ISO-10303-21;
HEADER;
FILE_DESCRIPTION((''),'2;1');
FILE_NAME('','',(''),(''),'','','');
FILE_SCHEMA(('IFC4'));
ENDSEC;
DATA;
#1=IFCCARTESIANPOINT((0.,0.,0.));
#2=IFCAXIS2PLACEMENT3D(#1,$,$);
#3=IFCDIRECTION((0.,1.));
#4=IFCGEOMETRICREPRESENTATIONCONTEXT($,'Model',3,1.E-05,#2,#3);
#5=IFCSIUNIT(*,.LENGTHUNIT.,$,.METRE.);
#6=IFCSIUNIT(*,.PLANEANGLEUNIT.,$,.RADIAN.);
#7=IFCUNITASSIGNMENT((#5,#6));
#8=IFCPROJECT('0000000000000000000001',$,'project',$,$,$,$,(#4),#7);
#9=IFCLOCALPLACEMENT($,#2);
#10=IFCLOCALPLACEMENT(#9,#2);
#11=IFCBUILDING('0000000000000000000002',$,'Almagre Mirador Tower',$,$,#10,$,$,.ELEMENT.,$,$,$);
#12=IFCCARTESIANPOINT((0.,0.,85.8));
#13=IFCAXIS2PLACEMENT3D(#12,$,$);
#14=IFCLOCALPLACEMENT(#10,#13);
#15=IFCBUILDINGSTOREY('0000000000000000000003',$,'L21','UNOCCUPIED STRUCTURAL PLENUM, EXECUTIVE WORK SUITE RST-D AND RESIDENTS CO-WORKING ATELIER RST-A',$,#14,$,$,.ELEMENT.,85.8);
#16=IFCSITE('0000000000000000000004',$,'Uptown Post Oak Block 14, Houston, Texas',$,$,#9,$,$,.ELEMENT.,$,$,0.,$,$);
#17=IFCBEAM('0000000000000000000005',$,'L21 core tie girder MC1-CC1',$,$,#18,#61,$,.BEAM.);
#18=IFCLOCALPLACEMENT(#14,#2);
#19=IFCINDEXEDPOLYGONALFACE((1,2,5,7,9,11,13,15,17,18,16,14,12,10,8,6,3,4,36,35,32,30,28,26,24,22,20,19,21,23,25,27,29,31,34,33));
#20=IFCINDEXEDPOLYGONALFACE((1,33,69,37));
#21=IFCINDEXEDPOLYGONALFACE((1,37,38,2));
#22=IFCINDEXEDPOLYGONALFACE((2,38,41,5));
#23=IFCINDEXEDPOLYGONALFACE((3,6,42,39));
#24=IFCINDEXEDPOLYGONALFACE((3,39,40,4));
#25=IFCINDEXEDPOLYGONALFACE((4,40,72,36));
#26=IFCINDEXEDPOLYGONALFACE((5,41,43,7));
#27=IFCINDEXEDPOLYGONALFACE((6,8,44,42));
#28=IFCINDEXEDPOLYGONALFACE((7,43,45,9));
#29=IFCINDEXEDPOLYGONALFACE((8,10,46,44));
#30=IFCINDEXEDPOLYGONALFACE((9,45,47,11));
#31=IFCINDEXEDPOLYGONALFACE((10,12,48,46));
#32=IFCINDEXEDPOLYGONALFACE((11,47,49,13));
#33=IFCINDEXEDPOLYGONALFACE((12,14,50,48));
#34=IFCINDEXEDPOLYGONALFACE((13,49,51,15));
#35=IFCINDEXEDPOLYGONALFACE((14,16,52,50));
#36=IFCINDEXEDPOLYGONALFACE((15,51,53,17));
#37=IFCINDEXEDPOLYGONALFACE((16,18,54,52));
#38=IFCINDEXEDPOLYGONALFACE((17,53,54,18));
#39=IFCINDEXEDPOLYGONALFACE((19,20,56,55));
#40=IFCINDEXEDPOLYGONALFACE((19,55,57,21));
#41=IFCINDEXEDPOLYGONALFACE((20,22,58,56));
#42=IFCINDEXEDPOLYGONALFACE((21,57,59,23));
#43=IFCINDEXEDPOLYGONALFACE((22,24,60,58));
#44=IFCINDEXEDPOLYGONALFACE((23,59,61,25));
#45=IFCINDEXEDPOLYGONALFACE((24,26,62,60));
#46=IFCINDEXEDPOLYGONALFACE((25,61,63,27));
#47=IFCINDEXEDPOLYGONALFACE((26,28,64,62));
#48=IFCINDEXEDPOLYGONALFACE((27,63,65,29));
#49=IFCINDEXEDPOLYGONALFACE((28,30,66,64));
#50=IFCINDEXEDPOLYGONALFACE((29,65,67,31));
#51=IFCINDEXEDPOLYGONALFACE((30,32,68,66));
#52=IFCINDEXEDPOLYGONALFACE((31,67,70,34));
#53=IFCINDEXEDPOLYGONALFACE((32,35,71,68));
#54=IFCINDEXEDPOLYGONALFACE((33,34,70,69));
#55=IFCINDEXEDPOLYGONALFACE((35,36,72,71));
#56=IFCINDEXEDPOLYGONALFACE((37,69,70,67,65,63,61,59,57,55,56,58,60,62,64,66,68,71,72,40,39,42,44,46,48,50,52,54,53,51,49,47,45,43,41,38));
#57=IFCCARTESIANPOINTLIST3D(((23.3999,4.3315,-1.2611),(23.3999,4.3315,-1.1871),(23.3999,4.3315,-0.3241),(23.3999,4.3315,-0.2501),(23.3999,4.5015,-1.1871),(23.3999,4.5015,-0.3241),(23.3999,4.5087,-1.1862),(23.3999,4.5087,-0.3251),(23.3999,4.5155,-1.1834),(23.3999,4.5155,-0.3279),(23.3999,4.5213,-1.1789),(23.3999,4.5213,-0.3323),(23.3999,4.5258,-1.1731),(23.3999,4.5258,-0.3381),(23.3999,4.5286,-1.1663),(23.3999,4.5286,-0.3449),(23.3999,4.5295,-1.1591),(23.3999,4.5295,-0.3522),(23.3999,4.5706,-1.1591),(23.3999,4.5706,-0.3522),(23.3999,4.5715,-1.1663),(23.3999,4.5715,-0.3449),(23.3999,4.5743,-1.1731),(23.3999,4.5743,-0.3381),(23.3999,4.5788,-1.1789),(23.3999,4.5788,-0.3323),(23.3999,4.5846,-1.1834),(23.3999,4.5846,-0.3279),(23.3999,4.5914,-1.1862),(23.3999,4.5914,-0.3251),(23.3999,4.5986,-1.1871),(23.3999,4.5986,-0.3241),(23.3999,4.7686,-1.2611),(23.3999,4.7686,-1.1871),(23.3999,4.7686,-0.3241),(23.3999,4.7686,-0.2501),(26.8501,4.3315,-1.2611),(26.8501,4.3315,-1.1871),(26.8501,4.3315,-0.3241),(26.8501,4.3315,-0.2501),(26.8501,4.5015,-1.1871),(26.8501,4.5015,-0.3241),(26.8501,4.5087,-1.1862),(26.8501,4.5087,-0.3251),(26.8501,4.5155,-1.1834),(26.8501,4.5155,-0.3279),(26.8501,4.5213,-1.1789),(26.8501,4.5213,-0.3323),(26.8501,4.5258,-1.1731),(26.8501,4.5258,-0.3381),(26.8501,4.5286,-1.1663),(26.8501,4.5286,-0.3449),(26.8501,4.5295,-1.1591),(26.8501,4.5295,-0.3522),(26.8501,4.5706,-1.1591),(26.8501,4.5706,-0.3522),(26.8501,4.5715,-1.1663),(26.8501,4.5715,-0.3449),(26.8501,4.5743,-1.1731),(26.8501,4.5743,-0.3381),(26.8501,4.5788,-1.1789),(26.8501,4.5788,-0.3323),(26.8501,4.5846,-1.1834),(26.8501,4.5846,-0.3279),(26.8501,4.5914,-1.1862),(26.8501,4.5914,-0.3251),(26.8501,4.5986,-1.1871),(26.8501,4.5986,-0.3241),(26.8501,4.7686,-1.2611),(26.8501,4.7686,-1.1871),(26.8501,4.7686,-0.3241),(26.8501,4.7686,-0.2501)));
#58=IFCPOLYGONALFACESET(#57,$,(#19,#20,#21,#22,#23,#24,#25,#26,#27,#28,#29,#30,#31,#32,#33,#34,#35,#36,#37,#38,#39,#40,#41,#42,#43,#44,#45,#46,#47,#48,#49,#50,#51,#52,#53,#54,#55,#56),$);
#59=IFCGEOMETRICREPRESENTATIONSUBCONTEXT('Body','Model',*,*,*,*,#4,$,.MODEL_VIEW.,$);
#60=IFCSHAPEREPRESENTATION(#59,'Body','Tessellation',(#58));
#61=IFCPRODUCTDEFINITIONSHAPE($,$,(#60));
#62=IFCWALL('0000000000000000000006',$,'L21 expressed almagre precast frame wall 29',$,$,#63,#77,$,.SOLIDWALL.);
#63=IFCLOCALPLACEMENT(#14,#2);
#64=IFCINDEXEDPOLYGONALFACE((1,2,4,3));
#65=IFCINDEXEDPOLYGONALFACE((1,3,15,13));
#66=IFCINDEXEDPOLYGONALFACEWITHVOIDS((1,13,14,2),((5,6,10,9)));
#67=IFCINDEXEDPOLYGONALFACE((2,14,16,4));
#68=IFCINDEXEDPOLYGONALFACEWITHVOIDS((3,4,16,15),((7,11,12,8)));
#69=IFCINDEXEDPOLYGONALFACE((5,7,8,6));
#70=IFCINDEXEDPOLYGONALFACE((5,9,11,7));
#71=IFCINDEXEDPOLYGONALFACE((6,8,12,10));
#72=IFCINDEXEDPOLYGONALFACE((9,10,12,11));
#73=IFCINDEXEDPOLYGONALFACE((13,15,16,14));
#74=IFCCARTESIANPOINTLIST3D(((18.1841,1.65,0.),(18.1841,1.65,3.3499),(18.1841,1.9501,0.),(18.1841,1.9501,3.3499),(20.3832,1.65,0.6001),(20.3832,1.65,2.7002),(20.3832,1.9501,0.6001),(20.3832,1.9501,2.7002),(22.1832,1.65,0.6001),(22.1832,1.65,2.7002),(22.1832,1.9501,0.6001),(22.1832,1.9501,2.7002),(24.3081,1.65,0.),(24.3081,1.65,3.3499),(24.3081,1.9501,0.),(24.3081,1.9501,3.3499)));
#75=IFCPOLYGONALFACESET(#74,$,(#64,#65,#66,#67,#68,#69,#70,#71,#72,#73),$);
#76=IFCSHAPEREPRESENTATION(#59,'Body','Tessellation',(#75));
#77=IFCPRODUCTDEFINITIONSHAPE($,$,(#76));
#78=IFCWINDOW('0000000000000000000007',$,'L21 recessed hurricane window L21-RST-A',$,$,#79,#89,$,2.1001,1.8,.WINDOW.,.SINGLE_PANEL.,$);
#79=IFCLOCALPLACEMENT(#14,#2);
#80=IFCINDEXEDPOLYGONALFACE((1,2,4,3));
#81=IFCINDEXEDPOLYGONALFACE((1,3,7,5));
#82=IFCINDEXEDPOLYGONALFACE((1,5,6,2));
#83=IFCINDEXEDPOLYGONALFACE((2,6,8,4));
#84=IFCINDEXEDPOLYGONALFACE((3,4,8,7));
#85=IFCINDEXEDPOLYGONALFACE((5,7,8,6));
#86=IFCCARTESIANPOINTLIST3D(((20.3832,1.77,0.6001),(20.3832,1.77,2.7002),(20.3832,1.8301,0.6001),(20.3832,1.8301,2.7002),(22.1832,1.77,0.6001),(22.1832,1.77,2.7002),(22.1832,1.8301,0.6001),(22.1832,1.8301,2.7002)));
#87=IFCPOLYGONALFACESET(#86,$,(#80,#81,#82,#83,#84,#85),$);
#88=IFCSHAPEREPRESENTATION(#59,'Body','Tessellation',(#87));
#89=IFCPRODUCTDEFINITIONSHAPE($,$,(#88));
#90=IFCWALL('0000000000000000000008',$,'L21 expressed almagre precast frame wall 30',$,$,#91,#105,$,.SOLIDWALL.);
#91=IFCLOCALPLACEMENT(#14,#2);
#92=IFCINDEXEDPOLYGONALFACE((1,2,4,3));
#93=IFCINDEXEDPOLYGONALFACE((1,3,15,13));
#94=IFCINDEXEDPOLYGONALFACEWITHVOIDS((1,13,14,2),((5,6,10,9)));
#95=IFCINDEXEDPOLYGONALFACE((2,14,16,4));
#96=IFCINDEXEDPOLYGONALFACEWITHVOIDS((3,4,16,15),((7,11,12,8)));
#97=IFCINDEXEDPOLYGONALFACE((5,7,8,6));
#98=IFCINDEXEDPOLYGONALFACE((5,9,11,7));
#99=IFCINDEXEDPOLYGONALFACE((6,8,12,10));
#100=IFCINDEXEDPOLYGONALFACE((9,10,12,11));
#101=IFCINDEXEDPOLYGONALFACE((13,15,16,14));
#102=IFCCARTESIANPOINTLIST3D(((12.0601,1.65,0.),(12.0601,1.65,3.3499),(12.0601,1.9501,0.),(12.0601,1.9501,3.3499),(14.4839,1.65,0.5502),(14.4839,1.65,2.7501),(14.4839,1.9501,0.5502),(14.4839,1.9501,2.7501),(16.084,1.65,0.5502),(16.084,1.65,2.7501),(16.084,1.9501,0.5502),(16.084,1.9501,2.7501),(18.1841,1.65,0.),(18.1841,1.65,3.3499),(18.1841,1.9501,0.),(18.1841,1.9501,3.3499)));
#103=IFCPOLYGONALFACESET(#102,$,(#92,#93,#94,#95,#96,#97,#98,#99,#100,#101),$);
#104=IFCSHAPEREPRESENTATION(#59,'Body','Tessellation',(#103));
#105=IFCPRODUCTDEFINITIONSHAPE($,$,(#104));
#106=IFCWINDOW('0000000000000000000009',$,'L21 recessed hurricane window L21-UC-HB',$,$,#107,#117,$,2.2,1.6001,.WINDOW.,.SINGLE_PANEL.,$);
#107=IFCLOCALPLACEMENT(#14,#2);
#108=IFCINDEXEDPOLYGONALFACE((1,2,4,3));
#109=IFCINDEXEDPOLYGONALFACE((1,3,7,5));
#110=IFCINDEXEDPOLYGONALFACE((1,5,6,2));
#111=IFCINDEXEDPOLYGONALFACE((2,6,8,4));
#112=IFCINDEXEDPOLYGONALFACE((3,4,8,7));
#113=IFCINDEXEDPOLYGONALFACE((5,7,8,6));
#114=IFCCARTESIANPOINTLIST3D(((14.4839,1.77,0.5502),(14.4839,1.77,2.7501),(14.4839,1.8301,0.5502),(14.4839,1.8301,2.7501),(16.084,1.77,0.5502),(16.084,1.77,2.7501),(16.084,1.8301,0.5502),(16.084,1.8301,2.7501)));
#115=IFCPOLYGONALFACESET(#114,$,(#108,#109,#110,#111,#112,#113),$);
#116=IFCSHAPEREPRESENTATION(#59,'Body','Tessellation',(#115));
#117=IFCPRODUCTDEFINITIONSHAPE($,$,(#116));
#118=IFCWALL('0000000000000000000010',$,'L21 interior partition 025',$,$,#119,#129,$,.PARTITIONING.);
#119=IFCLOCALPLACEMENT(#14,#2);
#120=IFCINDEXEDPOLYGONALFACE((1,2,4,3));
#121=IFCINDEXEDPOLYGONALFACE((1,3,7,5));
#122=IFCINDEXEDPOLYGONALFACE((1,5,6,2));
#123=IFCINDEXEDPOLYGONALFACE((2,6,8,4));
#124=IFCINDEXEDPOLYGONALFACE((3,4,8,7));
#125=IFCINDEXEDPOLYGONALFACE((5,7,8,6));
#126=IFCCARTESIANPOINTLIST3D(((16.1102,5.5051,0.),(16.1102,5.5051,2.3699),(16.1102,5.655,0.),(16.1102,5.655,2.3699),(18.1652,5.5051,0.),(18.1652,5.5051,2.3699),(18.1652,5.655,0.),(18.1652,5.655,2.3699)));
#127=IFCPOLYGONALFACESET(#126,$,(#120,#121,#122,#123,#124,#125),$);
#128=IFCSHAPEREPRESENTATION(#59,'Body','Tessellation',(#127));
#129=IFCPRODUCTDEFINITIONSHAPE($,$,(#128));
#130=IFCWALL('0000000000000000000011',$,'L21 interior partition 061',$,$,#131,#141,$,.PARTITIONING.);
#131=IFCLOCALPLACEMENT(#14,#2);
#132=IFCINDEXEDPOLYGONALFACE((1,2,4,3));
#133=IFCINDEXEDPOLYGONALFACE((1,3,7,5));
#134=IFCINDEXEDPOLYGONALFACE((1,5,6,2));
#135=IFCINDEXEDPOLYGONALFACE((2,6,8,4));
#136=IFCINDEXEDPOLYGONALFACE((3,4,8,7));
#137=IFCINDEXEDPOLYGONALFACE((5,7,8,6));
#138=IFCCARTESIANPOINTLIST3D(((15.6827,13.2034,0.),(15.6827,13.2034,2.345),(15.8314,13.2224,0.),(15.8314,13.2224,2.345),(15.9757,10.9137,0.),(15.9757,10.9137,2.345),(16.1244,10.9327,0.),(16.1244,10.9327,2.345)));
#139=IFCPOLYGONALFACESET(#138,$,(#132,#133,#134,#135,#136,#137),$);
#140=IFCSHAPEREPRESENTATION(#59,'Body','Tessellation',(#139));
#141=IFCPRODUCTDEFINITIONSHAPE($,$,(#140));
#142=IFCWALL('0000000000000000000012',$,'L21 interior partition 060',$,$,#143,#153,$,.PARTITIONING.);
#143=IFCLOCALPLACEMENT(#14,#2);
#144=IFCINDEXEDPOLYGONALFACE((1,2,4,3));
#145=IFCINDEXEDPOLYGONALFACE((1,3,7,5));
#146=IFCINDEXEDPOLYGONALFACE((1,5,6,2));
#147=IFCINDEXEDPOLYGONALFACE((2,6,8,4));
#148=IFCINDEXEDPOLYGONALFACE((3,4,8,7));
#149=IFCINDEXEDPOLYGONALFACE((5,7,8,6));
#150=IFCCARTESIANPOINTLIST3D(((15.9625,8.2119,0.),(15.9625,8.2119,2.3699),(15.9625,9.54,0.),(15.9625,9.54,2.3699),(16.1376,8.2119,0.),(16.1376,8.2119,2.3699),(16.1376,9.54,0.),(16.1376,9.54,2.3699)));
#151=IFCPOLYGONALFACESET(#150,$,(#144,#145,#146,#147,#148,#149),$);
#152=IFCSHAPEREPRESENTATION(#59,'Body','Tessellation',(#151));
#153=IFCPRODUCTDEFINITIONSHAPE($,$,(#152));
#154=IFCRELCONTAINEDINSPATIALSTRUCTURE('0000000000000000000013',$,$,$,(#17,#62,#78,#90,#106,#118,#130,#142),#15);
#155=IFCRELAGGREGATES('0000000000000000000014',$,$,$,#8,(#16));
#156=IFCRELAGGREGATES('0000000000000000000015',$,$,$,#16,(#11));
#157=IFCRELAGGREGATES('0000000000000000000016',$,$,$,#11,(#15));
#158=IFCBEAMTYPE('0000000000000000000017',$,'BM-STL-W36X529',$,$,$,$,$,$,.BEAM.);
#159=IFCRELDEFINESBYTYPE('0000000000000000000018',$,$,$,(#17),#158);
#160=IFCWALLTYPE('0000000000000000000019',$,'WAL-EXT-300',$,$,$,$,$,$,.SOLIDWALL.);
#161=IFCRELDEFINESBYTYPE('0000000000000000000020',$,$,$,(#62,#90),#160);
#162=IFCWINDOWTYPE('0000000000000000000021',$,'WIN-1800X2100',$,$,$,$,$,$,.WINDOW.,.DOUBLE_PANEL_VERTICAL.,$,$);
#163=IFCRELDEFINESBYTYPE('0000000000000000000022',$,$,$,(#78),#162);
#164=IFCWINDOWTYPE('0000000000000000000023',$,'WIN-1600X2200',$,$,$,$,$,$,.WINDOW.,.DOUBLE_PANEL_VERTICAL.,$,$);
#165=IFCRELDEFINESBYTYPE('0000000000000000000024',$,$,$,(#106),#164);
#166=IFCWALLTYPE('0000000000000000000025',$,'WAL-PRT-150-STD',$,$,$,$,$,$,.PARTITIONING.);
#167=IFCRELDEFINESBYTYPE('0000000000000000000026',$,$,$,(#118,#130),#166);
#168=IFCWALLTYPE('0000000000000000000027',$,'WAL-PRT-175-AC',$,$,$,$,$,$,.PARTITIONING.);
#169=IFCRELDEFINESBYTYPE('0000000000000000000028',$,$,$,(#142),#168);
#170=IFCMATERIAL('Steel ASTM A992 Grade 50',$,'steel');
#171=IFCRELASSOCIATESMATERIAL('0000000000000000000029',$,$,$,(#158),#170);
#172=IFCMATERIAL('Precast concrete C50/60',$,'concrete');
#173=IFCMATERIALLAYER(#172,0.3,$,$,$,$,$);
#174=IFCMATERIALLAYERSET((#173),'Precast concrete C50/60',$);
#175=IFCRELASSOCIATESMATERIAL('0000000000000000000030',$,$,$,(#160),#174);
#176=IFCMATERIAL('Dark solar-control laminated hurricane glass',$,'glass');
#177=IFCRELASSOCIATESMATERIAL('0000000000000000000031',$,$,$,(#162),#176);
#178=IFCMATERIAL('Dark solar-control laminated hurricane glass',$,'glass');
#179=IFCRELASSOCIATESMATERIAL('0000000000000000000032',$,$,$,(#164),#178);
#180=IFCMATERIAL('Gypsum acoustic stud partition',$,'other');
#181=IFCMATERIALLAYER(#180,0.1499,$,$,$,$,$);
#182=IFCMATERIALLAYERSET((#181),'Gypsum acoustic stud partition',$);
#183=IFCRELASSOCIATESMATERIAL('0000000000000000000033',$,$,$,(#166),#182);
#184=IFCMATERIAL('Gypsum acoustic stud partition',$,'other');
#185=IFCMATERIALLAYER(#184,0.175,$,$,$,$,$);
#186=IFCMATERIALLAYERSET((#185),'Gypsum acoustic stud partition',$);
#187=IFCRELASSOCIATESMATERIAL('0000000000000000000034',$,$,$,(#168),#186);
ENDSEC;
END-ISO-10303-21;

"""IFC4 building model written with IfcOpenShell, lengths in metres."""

from ifc_helpers import new_model, si_unit, direction, frame, frame_2d, origin, origin_2d, place, context, subcontext, project, spatial, rectangle, i_section, extrude, material, layer, layer_set, material_profile, profile_set, type_object, element, fill, save


model = new_model("IFC4")

# Units and contexts
model_context = context("Model", 3, precision=1e-05, world=origin(), true_north=direction((0.0, 1.0)))
body_context = subcontext(model_context, "Body", "Model", "MODEL_VIEW")
ifc_project = project(units=[si_unit("LENGTHUNIT", "METRE"), si_unit("PLANEANGLEUNIT", "RADIAN")], contexts=[model_context])

# Site, building, storey
site_placement = place(None, origin())
site = spatial("IfcSite", under=ifc_project, at=site_placement, Name="Uptown Post Oak Block 14, Houston, Texas", CompositionType="ELEMENT", RefElevation=0.0)
building_placement = place(site_placement, origin())
building = spatial("IfcBuilding", under=site, at=building_placement, Name="Almagre Mirador Tower", CompositionType="ELEMENT")
storey_placement = place(building_placement, frame((0.0, 0.0, 85.8)))
storey = spatial("IfcBuildingStorey", under=building, at=storey_placement, Name="L21", Description="UNOCCUPIED STRUCTURAL PLENUM, EXECUTIVE WORK SUITE RST-D AND RESIDENTS CO-WORKING ATELIER RST-A", CompositionType="ELEMENT", Elevation=85.8)

# Beam
ifc_material_1 = material(Name="Steel ASTM A992 Grade 50", Category="steel")
ifc_material_profile_1 = material_profile(ifc_material_1, i_section(OverallWidth=0.437, OverallDepth=1.011, WebThickness=0.041, FlangeThickness=0.074, FilletRadius=0.0281, at=origin_2d()), Name="W36X529")
ifc_profile_set_1 = profile_set([ifc_material_profile_1], Name="Steel ASTM A992 Grade 50")
beam_type_1 = type_object("IfcBeamType", Name="BM-STL-W36X529", PredefinedType="BEAM", material=ifc_profile_set_1)
beam_1_placement = place(storey_placement, frame((23.3999, 4.55, -0.7556), z_axis=(1.0, 0.0, 0.0), x_axis=(0.0, 1.0, 0.0)))
element("IfcBeam", 1, at=beam_1_placement, inside=storey, type_object=beam_type_1, Name="L21 core tie girder MC1-CC1", PredefinedType="BEAM", context=body_context, shape_type="SweptSolid", body=[
    extrude(i_section(OverallWidth=0.437, OverallDepth=1.011, WebThickness=0.041, FlangeThickness=0.074, FilletRadius=0.0281, at=origin_2d()), origin(), (0.0, 0.0, 1.0), 3.4502),
])

# Walls, openings, windows
ifc_material_2 = material(Name="Precast concrete C50/60", Category="concrete")
ifc_layer_1 = layer(ifc_material_2, 0.3)
ifc_layer_set_1 = layer_set([ifc_layer_1], Name="Precast concrete C50/60")
wall_type_1 = type_object("IfcWallType", Name="WAL-EXT-300", PredefinedType="SOLIDWALL", material=ifc_layer_set_1)
wall_1_placement = place(storey_placement, frame((24.3081, 1.8, 0.0), z_axis=(0.0, 0.0, 1.0), x_axis=(-1.0, 0.0, 0.0)))
wall_1 = element("IfcWall", 2, at=wall_1_placement, inside=storey, type_object=wall_type_1, Name="L21 expressed almagre precast frame wall 29", PredefinedType="SOLIDWALL", context=body_context, shape_type="SweptSolid", body=[
    extrude(rectangle(XDim=6.124, YDim=0.3, at=frame_2d((3.062, 0.0))), origin(), (0.0, 0.0, 1.0), 3.3499),
])
opening_1_placement = place(wall_1_placement, frame((2.125, 0.0, 0.6001)))
opening_1 = element("IfcOpeningElement", 3, at=opening_1_placement, cuts=wall_1, PredefinedType="OPENING", context=body_context, shape_type="SweptSolid", body=[
    extrude(rectangle(XDim=1.8, YDim=2.1001, at=frame_2d((0.8999, 1.05))), frame((0.0, 0.1599, 0.0), z_axis=(0.0, -1.0, 0.0), x_axis=(1.0, 0.0, 0.0)), (0.0, 0.0, 1.0), 0.32),
])
ifc_material_3 = material(Name="Dark solar-control laminated hurricane glass", Category="glass")
window_type_1 = type_object("IfcWindowType", Name="WIN-1800X2100", PartitioningType="DOUBLE_PANEL_VERTICAL", PredefinedType="WINDOW", material=ifc_material_3)
window_1_placement = place(opening_1_placement, origin())
window_1 = element("IfcWindow", 4, at=window_1_placement, inside=storey, type_object=window_type_1, Name="L21 recessed hurricane window L21-RST-A", OverallHeight=2.1001, OverallWidth=1.8, PartitioningType="SINGLE_PANEL", PredefinedType="WINDOW", context=body_context, shape_type="SweptSolid", body=[
    extrude(rectangle(XDim=1.8, YDim=2.1001, at=frame_2d((0.8999, 1.05))), frame((0.0, 0.03, 0.0), z_axis=(0.0, -1.0, 0.0), x_axis=(1.0, 0.0, 0.0)), (0.0, 0.0, 1.0), 0.0601),
])
fill(opening_1, window_1)
wall_2_placement = place(storey_placement, frame((18.1841, 1.8, 0.0), z_axis=(0.0, 0.0, 1.0), x_axis=(-1.0, 0.0, 0.0)))
wall_2 = element("IfcWall", 5, at=wall_2_placement, inside=storey, type_object=wall_type_1, Name="L21 expressed almagre precast frame wall 30", PredefinedType="SOLIDWALL", context=body_context, shape_type="SweptSolid", body=[
    extrude(rectangle(XDim=6.124, YDim=0.3, at=frame_2d((3.062, 0.0))), origin(), (0.0, 0.0, 1.0), 3.3499),
])
opening_2_placement = place(wall_2_placement, frame((2.1001, 0.0, 0.55)))
opening_2 = element("IfcOpeningElement", 6, at=opening_2_placement, cuts=wall_2, PredefinedType="OPENING", context=body_context, shape_type="SweptSolid", body=[
    extrude(rectangle(XDim=1.6001, YDim=2.2, at=frame_2d((0.8, 1.1001))), frame((0.0, 0.1599, 0.0), z_axis=(0.0, -1.0, 0.0), x_axis=(1.0, 0.0, 0.0)), (0.0, 0.0, 1.0), 0.32),
])
ifc_material_4 = material(Name="Dark solar-control laminated hurricane glass", Category="glass")
window_type_2 = type_object("IfcWindowType", Name="WIN-1600X2200", PartitioningType="DOUBLE_PANEL_VERTICAL", PredefinedType="WINDOW", material=ifc_material_4)
window_2_placement = place(opening_2_placement, origin())
window_2 = element("IfcWindow", 7, at=window_2_placement, inside=storey, type_object=window_type_2, Name="L21 recessed hurricane window L21-UC-HB", OverallHeight=2.2, OverallWidth=1.6001, PartitioningType="SINGLE_PANEL", PredefinedType="WINDOW", context=body_context, shape_type="SweptSolid", body=[
    extrude(rectangle(XDim=1.6001, YDim=2.2, at=frame_2d((0.8, 1.1001))), frame((0.0, 0.03, 0.0), z_axis=(0.0, -1.0, 0.0), x_axis=(1.0, 0.0, 0.0)), (0.0, 0.0, 1.0), 0.0601),
])
fill(opening_2, window_2)

# Walls
ifc_material_5 = material(Name="Gypsum acoustic stud partition", Category="other")
ifc_layer_2 = layer(ifc_material_5, 0.1499)
ifc_layer_set_2 = layer_set([ifc_layer_2], Name="Gypsum acoustic stud partition")
wall_type_2 = type_object("IfcWallType", Name="WAL-PRT-150-STD", PredefinedType="PARTITIONING", material=ifc_layer_set_2)
wall_3_placement = place(storey_placement, frame((18.165, 5.5801, 0.0), z_axis=(0.0, 0.0, 1.0), x_axis=(-1.0, 0.0, 0.0)))
element("IfcWall", 8, at=wall_3_placement, inside=storey, type_object=wall_type_2, Name="L21 interior partition 025", PredefinedType="PARTITIONING", context=body_context, shape_type="SweptSolid", body=[
    extrude(rectangle(XDim=2.0549, YDim=0.1499, at=frame_2d((1.0273, 0.0))), origin(), (0.0, 0.0, 1.0), 2.3699),
])
wall_4_placement = place(storey_placement, frame((16.05, 10.9231, 0.0), z_axis=(0.0, 0.0, 1.0), x_axis=(-0.126911, 0.991914, 0.0)))
element("IfcWall", 9, at=wall_4_placement, inside=storey, type_object=wall_type_2, Name="L21 interior partition 061", PredefinedType="PARTITIONING", context=body_context, shape_type="SweptSolid", body=[
    extrude(rectangle(XDim=2.3083, YDim=0.1499, at=frame_2d((1.1543, 0.0))), origin(), (0.0, 0.0, 1.0), 2.345),
])
ifc_material_6 = material(Name="Gypsum acoustic stud partition", Category="other")
ifc_layer_3 = layer(ifc_material_6, 0.175)
ifc_layer_set_3 = layer_set([ifc_layer_3], Name="Gypsum acoustic stud partition")
wall_type_3 = type_object("IfcWallType", Name="WAL-PRT-175-AC", PredefinedType="PARTITIONING", material=ifc_layer_set_3)
wall_5_placement = place(storey_placement, frame((16.05, 8.2119, 0.0), z_axis=(0.0, 0.0, 1.0), x_axis=(0.0, 1.0, 0.0)))
element("IfcWall", 10, at=wall_5_placement, inside=storey, type_object=wall_type_3, Name="L21 interior partition 060", PredefinedType="PARTITIONING", context=body_context, shape_type="SweptSolid", body=[
    extrude(rectangle(XDim=1.3281, YDim=0.175, at=frame_2d((0.6641, 0.0))), origin(), (0.0, 0.0, 1.0), 2.3699),
])

save(model, "model.ifc")
